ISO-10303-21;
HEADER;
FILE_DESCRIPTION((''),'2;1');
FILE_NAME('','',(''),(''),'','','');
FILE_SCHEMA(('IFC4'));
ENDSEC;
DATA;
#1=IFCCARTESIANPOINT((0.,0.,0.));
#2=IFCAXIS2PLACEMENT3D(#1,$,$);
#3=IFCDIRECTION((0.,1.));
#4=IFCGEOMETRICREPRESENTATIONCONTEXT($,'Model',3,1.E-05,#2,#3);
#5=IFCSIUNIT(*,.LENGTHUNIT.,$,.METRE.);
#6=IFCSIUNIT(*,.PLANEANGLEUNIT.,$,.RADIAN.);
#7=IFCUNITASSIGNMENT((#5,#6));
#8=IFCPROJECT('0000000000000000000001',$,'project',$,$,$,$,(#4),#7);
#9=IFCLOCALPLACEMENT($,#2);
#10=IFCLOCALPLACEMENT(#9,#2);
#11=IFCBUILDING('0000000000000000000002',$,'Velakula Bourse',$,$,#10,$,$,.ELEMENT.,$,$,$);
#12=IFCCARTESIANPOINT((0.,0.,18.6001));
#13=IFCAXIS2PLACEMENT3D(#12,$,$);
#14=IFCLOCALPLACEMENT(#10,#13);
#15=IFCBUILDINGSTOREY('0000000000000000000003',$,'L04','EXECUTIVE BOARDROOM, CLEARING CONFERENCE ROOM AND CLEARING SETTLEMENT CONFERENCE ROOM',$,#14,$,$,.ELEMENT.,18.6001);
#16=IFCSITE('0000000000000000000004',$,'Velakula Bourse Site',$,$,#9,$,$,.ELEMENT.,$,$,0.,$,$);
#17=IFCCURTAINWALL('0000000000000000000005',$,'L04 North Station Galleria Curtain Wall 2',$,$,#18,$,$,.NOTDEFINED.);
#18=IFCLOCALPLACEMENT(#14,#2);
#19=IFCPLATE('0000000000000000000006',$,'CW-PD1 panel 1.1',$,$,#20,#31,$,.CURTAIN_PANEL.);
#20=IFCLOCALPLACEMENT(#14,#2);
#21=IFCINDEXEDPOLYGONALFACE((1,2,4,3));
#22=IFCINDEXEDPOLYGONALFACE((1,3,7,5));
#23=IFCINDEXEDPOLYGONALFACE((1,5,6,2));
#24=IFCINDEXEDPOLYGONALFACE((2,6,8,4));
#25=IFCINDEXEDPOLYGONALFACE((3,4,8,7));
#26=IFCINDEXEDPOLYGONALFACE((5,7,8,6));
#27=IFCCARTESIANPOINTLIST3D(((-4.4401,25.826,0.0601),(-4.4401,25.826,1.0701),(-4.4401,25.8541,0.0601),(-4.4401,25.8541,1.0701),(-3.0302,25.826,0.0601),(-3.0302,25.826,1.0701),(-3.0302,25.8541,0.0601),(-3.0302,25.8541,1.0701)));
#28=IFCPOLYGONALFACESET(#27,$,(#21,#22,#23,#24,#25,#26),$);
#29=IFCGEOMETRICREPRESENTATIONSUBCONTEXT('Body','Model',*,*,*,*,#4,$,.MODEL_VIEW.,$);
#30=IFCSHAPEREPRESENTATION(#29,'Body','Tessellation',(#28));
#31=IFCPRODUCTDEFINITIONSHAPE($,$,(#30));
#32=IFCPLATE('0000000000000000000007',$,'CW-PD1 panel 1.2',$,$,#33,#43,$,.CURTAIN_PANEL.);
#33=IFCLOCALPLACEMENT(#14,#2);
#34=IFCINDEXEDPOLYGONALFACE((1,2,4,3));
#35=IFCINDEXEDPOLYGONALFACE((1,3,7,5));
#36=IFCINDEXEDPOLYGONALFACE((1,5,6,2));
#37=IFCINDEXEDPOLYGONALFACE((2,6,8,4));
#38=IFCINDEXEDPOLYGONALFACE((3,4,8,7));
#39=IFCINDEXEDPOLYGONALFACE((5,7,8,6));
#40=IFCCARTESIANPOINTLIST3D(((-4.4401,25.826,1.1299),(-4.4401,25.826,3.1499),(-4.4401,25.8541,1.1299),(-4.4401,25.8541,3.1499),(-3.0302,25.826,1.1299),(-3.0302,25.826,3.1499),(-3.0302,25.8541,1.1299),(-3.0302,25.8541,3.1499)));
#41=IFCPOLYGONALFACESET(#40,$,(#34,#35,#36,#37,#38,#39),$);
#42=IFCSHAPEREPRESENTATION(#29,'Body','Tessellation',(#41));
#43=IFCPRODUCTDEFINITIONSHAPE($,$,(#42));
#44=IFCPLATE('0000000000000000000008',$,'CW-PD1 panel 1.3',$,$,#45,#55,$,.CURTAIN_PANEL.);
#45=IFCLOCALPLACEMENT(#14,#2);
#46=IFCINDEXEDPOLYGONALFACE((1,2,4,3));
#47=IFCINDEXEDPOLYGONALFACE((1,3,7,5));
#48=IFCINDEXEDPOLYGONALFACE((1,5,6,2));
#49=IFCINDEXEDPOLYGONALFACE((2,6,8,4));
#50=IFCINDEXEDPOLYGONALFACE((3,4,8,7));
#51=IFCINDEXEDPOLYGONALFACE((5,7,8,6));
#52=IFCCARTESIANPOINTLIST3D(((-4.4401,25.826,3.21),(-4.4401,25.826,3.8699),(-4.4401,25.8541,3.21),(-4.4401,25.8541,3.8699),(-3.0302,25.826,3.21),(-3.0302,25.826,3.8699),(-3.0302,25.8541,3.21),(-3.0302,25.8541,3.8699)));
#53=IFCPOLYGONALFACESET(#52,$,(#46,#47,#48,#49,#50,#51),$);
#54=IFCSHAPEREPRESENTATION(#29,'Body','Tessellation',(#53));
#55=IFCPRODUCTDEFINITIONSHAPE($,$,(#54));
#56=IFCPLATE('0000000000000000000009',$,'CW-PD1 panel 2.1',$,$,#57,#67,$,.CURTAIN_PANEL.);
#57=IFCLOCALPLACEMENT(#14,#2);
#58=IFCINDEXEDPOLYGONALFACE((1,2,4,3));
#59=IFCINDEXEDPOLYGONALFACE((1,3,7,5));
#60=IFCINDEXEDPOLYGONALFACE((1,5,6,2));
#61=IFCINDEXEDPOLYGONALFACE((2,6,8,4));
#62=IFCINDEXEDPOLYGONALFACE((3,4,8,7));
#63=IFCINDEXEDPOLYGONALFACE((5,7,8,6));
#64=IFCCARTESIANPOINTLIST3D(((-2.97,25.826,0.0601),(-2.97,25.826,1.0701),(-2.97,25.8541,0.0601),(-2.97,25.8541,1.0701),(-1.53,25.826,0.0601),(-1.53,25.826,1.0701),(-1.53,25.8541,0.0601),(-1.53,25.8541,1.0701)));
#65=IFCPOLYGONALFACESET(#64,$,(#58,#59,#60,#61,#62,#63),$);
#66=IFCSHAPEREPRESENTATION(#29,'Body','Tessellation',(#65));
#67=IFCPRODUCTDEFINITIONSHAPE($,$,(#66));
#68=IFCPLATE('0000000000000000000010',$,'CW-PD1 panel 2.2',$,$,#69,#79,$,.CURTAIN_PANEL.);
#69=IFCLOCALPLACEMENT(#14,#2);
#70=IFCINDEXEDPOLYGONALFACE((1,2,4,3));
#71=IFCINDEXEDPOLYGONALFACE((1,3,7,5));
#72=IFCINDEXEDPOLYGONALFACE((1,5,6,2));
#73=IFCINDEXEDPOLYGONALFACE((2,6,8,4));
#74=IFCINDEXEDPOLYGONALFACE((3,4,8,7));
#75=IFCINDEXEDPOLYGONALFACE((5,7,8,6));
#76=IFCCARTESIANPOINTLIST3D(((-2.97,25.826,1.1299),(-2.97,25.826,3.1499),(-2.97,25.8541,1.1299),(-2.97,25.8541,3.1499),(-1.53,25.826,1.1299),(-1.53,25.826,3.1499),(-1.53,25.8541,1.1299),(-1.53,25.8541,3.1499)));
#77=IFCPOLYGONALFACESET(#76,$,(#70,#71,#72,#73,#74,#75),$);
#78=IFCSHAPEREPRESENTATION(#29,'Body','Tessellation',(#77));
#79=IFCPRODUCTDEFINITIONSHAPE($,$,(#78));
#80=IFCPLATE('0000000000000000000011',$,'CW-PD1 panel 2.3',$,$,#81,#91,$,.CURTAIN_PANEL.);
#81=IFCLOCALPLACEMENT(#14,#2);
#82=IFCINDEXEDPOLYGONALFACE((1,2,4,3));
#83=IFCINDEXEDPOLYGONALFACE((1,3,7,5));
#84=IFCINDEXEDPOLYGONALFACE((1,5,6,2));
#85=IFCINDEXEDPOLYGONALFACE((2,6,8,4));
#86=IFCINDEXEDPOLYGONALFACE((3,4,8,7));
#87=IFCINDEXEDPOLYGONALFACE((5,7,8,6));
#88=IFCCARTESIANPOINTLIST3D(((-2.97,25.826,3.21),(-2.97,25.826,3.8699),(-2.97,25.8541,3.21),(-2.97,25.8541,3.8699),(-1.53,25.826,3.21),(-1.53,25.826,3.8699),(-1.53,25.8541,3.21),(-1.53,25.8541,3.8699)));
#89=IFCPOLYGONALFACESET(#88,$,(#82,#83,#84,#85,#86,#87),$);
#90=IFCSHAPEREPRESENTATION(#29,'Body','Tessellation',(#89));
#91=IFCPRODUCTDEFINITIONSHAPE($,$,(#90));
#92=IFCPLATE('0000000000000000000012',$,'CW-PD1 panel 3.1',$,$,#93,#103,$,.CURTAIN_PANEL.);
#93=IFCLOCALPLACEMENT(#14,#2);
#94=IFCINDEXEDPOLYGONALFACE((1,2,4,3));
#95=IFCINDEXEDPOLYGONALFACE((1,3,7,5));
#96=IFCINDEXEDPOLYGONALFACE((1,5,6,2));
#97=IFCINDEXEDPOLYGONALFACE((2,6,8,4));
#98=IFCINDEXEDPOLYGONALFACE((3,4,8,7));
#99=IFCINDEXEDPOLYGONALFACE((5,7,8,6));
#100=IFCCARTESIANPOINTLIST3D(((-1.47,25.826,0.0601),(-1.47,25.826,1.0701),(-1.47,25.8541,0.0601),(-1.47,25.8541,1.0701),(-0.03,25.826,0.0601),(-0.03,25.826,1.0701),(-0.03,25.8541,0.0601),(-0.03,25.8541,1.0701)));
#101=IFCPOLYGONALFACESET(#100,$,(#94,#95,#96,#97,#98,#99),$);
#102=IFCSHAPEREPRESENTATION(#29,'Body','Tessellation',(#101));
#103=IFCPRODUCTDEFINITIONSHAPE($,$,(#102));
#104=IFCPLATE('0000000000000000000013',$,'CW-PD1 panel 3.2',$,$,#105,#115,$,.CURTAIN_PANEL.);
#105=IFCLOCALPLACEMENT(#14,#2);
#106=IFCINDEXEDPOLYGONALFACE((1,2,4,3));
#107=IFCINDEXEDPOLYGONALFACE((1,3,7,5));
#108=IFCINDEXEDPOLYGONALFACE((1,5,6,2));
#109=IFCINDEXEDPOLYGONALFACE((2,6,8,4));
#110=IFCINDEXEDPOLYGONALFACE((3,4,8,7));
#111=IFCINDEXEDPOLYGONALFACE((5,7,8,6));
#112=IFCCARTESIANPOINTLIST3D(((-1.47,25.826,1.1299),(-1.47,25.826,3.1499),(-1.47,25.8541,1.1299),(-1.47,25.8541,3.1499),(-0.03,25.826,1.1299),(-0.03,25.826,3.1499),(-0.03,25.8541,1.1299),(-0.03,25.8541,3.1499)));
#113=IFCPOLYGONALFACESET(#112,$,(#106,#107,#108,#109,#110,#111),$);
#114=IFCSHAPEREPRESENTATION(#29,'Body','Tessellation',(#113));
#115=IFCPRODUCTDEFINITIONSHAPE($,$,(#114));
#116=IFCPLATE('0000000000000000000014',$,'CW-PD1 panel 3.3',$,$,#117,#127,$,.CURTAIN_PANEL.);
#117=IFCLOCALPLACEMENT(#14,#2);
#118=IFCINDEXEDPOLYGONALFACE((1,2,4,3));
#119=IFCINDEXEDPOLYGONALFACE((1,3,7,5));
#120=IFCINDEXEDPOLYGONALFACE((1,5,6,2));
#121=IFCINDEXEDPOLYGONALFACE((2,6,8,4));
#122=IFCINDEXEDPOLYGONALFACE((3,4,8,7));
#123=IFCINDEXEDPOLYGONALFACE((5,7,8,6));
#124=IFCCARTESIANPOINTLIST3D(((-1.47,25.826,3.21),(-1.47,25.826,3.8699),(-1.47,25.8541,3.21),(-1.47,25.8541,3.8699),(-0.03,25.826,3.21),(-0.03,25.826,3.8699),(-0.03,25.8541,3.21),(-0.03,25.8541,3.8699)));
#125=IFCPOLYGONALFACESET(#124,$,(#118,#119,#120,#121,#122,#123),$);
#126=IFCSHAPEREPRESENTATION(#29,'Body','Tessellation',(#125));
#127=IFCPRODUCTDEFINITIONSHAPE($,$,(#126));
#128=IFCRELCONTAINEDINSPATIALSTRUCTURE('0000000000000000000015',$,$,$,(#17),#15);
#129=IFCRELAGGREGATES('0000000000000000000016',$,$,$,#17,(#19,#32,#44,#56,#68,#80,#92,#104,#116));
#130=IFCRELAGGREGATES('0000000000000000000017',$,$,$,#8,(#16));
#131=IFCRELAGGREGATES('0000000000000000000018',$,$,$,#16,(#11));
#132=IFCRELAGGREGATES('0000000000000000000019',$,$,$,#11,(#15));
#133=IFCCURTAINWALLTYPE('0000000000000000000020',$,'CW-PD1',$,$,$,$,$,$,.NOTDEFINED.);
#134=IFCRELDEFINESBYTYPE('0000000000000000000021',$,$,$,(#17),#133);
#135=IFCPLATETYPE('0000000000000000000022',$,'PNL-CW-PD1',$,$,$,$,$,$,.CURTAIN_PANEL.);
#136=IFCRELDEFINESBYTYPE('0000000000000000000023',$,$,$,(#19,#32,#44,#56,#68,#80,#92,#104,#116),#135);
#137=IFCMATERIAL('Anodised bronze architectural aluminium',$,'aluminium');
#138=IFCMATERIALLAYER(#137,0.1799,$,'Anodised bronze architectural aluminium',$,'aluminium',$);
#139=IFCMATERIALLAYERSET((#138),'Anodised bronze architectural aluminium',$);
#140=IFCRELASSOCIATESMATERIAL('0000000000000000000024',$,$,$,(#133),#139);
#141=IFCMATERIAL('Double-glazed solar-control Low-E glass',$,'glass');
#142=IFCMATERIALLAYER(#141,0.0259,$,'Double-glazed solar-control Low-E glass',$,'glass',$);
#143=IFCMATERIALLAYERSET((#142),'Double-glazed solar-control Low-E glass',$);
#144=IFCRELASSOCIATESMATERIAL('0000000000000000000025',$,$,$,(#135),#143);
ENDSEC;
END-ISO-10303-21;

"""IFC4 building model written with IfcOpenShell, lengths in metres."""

from ifc_helpers import new_model, si_unit, direction, frame, origin, origin_2d, place, context, subcontext, project, spatial, rectangle, extrude, material, layer, layer_set, type_object, element, aggregate, save


model = new_model("IFC4")

# Units and contexts
model_context = context("Model", 3, precision=1e-05, world=origin(), true_north=direction((0.0, 1.0)))
body_context = subcontext(model_context, "Body", "Model", "MODEL_VIEW")
ifc_project = project(units=[si_unit("LENGTHUNIT", "METRE"), si_unit("PLANEANGLEUNIT", "RADIAN")], contexts=[model_context])

# Site, building, storey
site_placement = place(None, origin())
site = spatial("IfcSite", under=ifc_project, at=site_placement, Name="Velakula Bourse Site", CompositionType="ELEMENT", RefElevation=0.0)
building_placement = place(site_placement, origin())
building = spatial("IfcBuilding", under=site, at=building_placement, Name="Velakula Bourse", CompositionType="ELEMENT")
storey_placement = place(building_placement, frame((0.0, 0.0, 18.6001)))
storey = spatial("IfcBuildingStorey", under=building, at=storey_placement, Name="L04", Description="EXECUTIVE BOARDROOM, CLEARING CONFERENCE ROOM AND CLEARING SETTLEMENT CONFERENCE ROOM", CompositionType="ELEMENT", Elevation=18.6001)

# Curtain wall, plates
ifc_material_1 = material(Name="Anodised bronze architectural aluminium", Category="aluminium")
ifc_layer_1 = layer(ifc_material_1, 0.1799, Name="Anodised bronze architectural aluminium", Category="aluminium")
ifc_layer_set_1 = layer_set([ifc_layer_1], Name="Anodised bronze architectural aluminium")
curtain_wall_type = type_object("IfcCurtainWallType", Name="CW-PD1", PredefinedType="NOTDEFINED", material=ifc_layer_set_1)
curtain_wall_placement = place(storey_placement, origin())
curtain_wall = element("IfcCurtainWall", 1, at=curtain_wall_placement, inside=storey, type_object=curtain_wall_type, Name="L04 North Station Galleria Curtain Wall 2", PredefinedType="NOTDEFINED")
ifc_material_2 = material(Name="Double-glazed solar-control Low-E glass", Category="glass")
ifc_layer_2 = layer(ifc_material_2, 0.0259, Name="Double-glazed solar-control Low-E glass", Category="glass")
ifc_layer_set_2 = layer_set([ifc_layer_2], Name="Double-glazed solar-control Low-E glass")
plate_type = type_object("IfcPlateType", Name="PNL-CW-PD1", PredefinedType="CURTAIN_PANEL", material=ifc_layer_set_2)
plate_1_placement = place(storey_placement, frame((-3.7351, 25.8401, 0.0601), z_axis=(0.0, 0.0, 1.0), x_axis=(1.0, 0.0, 0.0)))
plate_1 = element("IfcPlate", 2, at=plate_1_placement, type_object=plate_type, Name="CW-PD1 panel 1.1", PredefinedType="CURTAIN_PANEL", context=body_context, shape_type="SweptSolid", body=[
    extrude(rectangle(XDim=1.4099, YDim=0.0281, at=origin_2d()), origin(), (0.0, 0.0, 1.0), 1.01),
])
plate_2_placement = place(storey_placement, frame((-3.7351, 25.8401, 1.1299), z_axis=(0.0, 0.0, 1.0), x_axis=(1.0, 0.0, 0.0)))
plate_2 = element("IfcPlate", 3, at=plate_2_placement, type_object=plate_type, Name="CW-PD1 panel 1.2", PredefinedType="CURTAIN_PANEL", context=body_context, shape_type="SweptSolid", body=[
    extrude(rectangle(XDim=1.4099, YDim=0.0281, at=origin_2d()), origin(), (0.0, 0.0, 1.0), 2.02),
])
plate_3_placement = place(storey_placement, frame((-3.7351, 25.8401, 3.21), z_axis=(0.0, 0.0, 1.0), x_axis=(1.0, 0.0, 0.0)))
plate_3 = element("IfcPlate", 4, at=plate_3_placement, type_object=plate_type, Name="CW-PD1 panel 1.3", PredefinedType="CURTAIN_PANEL", context=body_context, shape_type="SweptSolid", body=[
    extrude(rectangle(XDim=1.4099, YDim=0.0281, at=origin_2d()), origin(), (0.0, 0.0, 1.0), 0.6599),
])
plate_4_placement = place(storey_placement, frame((-2.25, 25.8401, 0.0601), z_axis=(0.0, 0.0, 1.0), x_axis=(1.0, 0.0, 0.0)))
plate_4 = element("IfcPlate", 5, at=plate_4_placement, type_object=plate_type, Name="CW-PD1 panel 2.1", PredefinedType="CURTAIN_PANEL", context=body_context, shape_type="SweptSolid", body=[
    extrude(rectangle(XDim=1.4399, YDim=0.0281, at=origin_2d()), origin(), (0.0, 0.0, 1.0), 1.01),
])
plate_5_placement = place(storey_placement, frame((-2.25, 25.8401, 1.1299), z_axis=(0.0, 0.0, 1.0), x_axis=(1.0, 0.0, 0.0)))
plate_5 = element("IfcPlate", 6, at=plate_5_placement, type_object=plate_type, Name="CW-PD1 panel 2.2", PredefinedType="CURTAIN_PANEL", context=body_context, shape_type="SweptSolid", body=[
    extrude(rectangle(XDim=1.4399, YDim=0.0281, at=origin_2d()), origin(), (0.0, 0.0, 1.0), 2.02),
])
plate_6_placement = place(storey_placement, frame((-2.25, 25.8401, 3.21), z_axis=(0.0, 0.0, 1.0), x_axis=(1.0, 0.0, 0.0)))
plate_6 = element("IfcPlate", 7, at=plate_6_placement, type_object=plate_type, Name="CW-PD1 panel 2.3", PredefinedType="CURTAIN_PANEL", context=body_context, shape_type="SweptSolid", body=[
    extrude(rectangle(XDim=1.4399, YDim=0.0281, at=origin_2d()), origin(), (0.0, 0.0, 1.0), 0.6599),
])
plate_7_placement = place(storey_placement, frame((-0.75, 25.8401, 0.0601), z_axis=(0.0, 0.0, 1.0), x_axis=(1.0, 0.0, 0.0)))
plate_7 = element("IfcPlate", 8, at=plate_7_placement, type_object=plate_type, Name="CW-PD1 panel 3.1", PredefinedType="CURTAIN_PANEL", context=body_context, shape_type="SweptSolid", body=[
    extrude(rectangle(XDim=1.4399, YDim=0.0281, at=origin_2d()), origin(), (0.0, 0.0, 1.0), 1.01),
])
plate_8_placement = place(storey_placement, frame((-0.75, 25.8401, 1.1299), z_axis=(0.0, 0.0, 1.0), x_axis=(1.0, 0.0, 0.0)))
plate_8 = element("IfcPlate", 9, at=plate_8_placement, type_object=plate_type, Name="CW-PD1 panel 3.2", PredefinedType="CURTAIN_PANEL", context=body_context, shape_type="SweptSolid", body=[
    extrude(rectangle(XDim=1.4399, YDim=0.0281, at=origin_2d()), origin(), (0.0, 0.0, 1.0), 2.02),
])
plate_9_placement = place(storey_placement, frame((-0.75, 25.8401, 3.21), z_axis=(0.0, 0.0, 1.0), x_axis=(1.0, 0.0, 0.0)))
plate_9 = element("IfcPlate", 10, at=plate_9_placement, type_object=plate_type, Name="CW-PD1 panel 3.3", PredefinedType="CURTAIN_PANEL", context=body_context, shape_type="SweptSolid", body=[
    extrude(rectangle(XDim=1.4399, YDim=0.0281, at=origin_2d()), origin(), (0.0, 0.0, 1.0), 0.6599),
])
aggregate(curtain_wall, [plate_1, plate_2, plate_3, plate_4, plate_5, plate_6, plate_7, plate_8, plate_9])

save(model, "model.ifc")
